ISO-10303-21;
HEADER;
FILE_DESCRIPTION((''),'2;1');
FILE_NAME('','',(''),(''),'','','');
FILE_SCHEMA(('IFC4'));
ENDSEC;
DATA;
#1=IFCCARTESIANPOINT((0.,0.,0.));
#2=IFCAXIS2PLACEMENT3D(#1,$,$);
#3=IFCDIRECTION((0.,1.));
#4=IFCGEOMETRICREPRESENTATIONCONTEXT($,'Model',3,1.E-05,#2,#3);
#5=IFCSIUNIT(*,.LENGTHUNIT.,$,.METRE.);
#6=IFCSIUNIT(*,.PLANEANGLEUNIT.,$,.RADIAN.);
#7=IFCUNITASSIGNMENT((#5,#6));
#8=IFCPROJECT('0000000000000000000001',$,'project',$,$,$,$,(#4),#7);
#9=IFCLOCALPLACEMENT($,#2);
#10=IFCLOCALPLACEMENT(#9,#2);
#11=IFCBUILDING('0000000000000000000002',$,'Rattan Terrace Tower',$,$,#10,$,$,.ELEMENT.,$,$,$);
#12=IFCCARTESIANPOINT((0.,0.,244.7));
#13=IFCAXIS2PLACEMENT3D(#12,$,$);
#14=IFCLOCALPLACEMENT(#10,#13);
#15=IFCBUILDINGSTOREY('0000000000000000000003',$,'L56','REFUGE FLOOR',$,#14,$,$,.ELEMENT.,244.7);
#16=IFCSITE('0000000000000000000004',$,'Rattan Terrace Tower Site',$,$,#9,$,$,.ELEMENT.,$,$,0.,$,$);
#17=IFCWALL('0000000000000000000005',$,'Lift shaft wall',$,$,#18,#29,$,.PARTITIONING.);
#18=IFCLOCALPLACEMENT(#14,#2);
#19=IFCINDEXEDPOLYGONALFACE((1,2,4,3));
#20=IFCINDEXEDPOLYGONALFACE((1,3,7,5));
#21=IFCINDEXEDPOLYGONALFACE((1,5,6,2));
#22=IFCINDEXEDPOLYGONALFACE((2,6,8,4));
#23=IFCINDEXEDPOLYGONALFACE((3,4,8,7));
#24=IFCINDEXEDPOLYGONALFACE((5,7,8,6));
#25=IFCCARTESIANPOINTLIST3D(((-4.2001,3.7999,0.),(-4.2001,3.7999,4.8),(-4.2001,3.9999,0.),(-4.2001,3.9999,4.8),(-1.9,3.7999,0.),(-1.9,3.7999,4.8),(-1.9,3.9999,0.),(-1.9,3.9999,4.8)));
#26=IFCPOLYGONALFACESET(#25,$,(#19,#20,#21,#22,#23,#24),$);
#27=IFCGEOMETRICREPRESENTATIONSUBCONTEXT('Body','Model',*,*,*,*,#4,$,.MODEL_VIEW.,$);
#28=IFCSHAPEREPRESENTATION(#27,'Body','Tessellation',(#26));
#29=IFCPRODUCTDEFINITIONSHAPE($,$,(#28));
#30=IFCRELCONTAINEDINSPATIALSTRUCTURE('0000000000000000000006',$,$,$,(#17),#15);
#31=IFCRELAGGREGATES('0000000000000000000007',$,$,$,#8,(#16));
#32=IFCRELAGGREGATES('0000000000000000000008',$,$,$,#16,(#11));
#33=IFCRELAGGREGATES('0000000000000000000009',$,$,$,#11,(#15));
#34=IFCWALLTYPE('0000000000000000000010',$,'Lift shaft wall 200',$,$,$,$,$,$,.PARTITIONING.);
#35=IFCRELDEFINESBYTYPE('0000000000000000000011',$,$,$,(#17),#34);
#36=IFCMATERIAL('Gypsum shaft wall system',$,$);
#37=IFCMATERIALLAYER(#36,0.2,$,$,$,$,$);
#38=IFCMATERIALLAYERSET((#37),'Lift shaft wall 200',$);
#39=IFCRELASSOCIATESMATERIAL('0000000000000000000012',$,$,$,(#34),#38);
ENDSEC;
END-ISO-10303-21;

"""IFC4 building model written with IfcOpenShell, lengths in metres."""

from ifc_helpers import new_model, si_unit, direction, frame, frame_2d, origin, place, context, subcontext, project, spatial, rectangle, extrude, material, layer, layer_set, type_object, element, save


model = new_model("IFC4")

# Units and contexts
model_context = context("Model", 3, precision=1e-05, world=origin(), true_north=direction((0.0, 1.0)))
body_context = subcontext(model_context, "Body", "Model", "MODEL_VIEW")
ifc_project = project(units=[si_unit("LENGTHUNIT", "METRE"), si_unit("PLANEANGLEUNIT", "RADIAN")], contexts=[model_context])

# Site, building, storey
site_placement = place(None, origin())
site = spatial("IfcSite", under=ifc_project, at=site_placement, Name="Rattan Terrace Tower Site", CompositionType="ELEMENT", RefElevation=0.0)
building_placement = place(site_placement, origin())
building = spatial("IfcBuilding", under=site, at=building_placement, Name="Rattan Terrace Tower", CompositionType="ELEMENT")
storey_placement = place(building_placement, frame((0.0, 0.0, 244.7)))
storey = spatial("IfcBuildingStorey", under=building, at=storey_placement, Name="L56", Description="REFUGE FLOOR", CompositionType="ELEMENT", Elevation=244.7)

# Wall
ifc_material_1 = material(Name="Gypsum shaft wall system")
ifc_layer_1 = layer(ifc_material_1, 0.2)
ifc_layer_set_1 = layer_set([ifc_layer_1], Name="Lift shaft wall 200")
wall_type_1 = type_object("IfcWallType", Name="Lift shaft wall 200", PredefinedType="PARTITIONING", material=ifc_layer_set_1)
for number, where, z_axis, x_axis, name in (
    (1, (-4.2, 3.8999, 0.0), (0.0, 0.0, 1.0), (1.0, 0.0, 0.0), "Lift shaft wall"),
):
    element("IfcWall", number, at=place(storey_placement, frame(where, z_axis=z_axis, x_axis=x_axis)), inside=storey, type_object=wall_type_1, Name=name, PredefinedType="PARTITIONING", context=body_context, shape_type="SweptSolid", body=[
        extrude(rectangle(XDim=2.3, YDim=0.2, at=frame_2d((1.1499, 0.0))), origin(), (0.0, 0.0, 1.0), 4.8),
    ])

save(model, "model.ifc")
